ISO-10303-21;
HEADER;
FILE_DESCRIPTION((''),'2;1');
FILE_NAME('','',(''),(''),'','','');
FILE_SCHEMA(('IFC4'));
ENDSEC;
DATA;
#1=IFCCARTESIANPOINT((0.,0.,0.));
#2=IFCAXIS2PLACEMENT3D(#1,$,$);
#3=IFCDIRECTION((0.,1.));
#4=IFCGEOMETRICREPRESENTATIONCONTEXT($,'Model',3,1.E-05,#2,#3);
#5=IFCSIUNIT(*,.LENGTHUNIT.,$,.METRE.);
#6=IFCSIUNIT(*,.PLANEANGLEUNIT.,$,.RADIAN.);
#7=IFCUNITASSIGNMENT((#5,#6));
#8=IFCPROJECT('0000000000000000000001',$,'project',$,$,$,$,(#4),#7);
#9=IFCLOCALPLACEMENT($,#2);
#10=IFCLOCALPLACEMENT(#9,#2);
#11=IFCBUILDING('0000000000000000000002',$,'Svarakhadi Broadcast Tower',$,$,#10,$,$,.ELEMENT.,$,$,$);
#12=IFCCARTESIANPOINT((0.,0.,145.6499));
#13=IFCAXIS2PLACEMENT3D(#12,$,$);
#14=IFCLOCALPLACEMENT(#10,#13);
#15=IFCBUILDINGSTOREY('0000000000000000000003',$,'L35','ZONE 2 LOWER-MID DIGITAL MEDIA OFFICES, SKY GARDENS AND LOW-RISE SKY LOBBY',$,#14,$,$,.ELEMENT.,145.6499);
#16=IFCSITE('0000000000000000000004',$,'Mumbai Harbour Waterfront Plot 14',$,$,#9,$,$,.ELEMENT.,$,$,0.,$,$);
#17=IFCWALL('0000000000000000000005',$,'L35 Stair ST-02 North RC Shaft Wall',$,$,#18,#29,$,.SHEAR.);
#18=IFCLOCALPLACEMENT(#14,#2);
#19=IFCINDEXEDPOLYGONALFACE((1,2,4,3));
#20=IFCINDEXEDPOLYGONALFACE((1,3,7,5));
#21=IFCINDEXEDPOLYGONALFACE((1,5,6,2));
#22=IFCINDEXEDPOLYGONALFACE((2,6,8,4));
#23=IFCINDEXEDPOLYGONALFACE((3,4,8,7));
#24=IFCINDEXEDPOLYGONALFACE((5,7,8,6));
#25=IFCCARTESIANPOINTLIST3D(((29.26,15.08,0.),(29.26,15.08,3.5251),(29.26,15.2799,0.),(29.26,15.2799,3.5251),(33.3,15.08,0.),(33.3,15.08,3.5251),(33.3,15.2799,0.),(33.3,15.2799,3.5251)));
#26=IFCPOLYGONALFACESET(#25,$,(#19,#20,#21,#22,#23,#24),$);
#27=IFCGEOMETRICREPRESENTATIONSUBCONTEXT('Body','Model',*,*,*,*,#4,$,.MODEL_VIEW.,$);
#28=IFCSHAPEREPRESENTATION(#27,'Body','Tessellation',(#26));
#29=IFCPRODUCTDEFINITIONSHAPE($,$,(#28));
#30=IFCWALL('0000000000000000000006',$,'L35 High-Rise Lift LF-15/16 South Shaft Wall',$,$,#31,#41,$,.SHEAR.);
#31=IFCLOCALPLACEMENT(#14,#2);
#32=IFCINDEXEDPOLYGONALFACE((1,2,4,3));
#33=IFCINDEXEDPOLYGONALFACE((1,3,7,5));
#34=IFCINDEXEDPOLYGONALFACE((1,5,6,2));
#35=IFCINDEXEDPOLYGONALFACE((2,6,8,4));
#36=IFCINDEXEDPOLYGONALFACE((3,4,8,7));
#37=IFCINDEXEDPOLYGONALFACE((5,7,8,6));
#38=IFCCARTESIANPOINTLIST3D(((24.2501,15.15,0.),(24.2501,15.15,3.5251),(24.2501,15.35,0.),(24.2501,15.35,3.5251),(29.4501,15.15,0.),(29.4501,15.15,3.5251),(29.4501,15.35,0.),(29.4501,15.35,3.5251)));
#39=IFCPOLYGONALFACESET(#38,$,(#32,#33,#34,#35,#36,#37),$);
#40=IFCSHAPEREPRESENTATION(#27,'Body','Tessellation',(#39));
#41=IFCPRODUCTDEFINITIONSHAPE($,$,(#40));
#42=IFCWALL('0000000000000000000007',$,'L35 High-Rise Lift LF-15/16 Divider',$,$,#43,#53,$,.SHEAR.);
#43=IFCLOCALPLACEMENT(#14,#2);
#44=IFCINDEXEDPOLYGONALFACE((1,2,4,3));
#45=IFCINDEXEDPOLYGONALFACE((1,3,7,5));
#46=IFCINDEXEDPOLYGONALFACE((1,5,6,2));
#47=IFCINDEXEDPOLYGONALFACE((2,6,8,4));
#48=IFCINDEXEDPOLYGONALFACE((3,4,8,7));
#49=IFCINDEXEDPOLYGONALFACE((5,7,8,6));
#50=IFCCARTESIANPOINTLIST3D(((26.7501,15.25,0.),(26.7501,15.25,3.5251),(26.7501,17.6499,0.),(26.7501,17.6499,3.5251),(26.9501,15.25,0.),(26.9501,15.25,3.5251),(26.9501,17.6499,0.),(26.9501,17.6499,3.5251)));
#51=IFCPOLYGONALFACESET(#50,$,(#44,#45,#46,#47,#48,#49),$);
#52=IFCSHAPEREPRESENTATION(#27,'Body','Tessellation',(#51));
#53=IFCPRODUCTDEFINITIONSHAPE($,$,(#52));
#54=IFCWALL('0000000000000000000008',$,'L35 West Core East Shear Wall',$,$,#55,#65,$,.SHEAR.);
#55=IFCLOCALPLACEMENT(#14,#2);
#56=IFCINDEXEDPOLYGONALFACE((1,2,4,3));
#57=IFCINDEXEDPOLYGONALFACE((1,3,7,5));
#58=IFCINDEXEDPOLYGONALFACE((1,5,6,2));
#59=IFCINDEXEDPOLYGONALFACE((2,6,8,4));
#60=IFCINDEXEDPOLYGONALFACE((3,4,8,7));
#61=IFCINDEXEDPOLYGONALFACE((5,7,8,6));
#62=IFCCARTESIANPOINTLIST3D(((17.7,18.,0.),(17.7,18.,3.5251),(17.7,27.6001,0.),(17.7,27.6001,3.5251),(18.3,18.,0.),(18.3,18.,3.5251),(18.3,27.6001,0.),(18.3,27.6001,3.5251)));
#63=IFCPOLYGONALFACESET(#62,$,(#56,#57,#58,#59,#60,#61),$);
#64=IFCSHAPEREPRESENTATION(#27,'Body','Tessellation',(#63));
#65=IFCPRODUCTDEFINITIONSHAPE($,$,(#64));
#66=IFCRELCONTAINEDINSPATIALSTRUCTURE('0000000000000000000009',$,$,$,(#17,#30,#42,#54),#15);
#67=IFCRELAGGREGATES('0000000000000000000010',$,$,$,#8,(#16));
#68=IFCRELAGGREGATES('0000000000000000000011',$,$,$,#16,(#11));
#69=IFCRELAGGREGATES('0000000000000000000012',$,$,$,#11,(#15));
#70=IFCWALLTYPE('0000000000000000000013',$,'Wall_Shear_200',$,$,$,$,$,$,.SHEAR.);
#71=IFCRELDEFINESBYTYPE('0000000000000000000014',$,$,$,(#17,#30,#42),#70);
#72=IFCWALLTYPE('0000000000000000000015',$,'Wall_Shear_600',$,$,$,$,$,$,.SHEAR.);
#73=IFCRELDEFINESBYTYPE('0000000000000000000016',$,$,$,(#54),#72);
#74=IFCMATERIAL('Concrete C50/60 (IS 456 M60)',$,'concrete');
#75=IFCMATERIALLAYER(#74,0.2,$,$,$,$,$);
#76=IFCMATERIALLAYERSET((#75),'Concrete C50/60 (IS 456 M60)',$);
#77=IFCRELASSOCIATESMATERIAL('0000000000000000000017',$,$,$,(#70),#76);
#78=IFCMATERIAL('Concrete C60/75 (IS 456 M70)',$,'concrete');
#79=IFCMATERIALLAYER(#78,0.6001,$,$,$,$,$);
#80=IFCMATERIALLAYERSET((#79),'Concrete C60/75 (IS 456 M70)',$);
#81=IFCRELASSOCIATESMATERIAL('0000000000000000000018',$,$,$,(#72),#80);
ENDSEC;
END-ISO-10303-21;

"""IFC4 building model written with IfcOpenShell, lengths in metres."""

from ifc_helpers import new_model, si_unit, direction, frame, frame_2d, origin, place, context, subcontext, project, spatial, rectangle, extrude, material, layer, layer_set, type_object, element, save


model = new_model("IFC4")

# Units and contexts
model_context = context("Model", 3, precision=1e-05, world=origin(), true_north=direction((0.0, 1.0)))
body_context = subcontext(model_context, "Body", "Model", "MODEL_VIEW")
ifc_project = project(units=[si_unit("LENGTHUNIT", "METRE"), si_unit("PLANEANGLEUNIT", "RADIAN")], contexts=[model_context])

# Site, building, storey
site_placement = place(None, origin())
site = spatial("IfcSite", under=ifc_project, at=site_placement, Name="Mumbai Harbour Waterfront Plot 14", CompositionType="ELEMENT", RefElevation=0.0)
building_placement = place(site_placement, origin())
building = spatial("IfcBuilding", under=site, at=building_placement, Name="Svarakhadi Broadcast Tower", CompositionType="ELEMENT")
storey_placement = place(building_placement, frame((0.0, 0.0, 145.6499)))
storey = spatial("IfcBuildingStorey", under=building, at=storey_placement, Name="L35", Description="ZONE 2 LOWER-MID DIGITAL MEDIA OFFICES, SKY GARDENS AND LOW-RISE SKY LOBBY", CompositionType="ELEMENT", Elevation=145.6499)

# Shared definitions
ifc_material_1 = material(Name="Concrete C50/60 (IS 456 M60)", Category="concrete")

# Wall
ifc_layer_1 = layer(ifc_material_1, 0.2)
ifc_layer_set_1 = layer_set([ifc_layer_1], Name="Concrete C50/60 (IS 456 M60)")
wall_type_1 = type_object("IfcWallType", Name="Wall_Shear_200", PredefinedType="SHEAR", material=ifc_layer_set_1)
wall_1_placement = place(storey_placement, frame((29.26, 15.1799, 0.0), z_axis=(0.0, 0.0, 1.0), x_axis=(1.0, 0.0, 0.0)))
element("IfcWall", 1, at=wall_1_placement, inside=storey, type_object=wall_type_1, Name="L35 Stair ST-02 North RC Shaft Wall", PredefinedType="SHEAR", context=body_context, shape_type="SweptSolid", body=[
    extrude(rectangle(XDim=4.04, YDim=0.2, at=frame_2d((2.02, 0.0))), origin(), (0.0, 0.0, 1.0), 3.5251),
])

# Walls
wall_2_placement = place(storey_placement, frame((24.25, 15.25, 0.0), z_axis=(0.0, 0.0, 1.0), x_axis=(1.0, 0.0, 0.0)))
element("IfcWall", 2, at=wall_2_placement, inside=storey, type_object=wall_type_1, Name="L35 High-Rise Lift LF-15/16 South Shaft Wall", PredefinedType="SHEAR", context=body_context, shape_type="SweptSolid", body=[
    extrude(rectangle(XDim=5.2, YDim=0.2, at=frame_2d((2.6001, 0.0))), origin(), (0.0, 0.0, 1.0), 3.5251),
])
wall_3_placement = place(storey_placement, frame((26.8501, 15.25, 0.0), z_axis=(0.0, 0.0, 1.0), x_axis=(0.0, 1.0, 0.0)))
element("IfcWall", 3, at=wall_3_placement, inside=storey, type_object=wall_type_1, Name="L35 High-Rise Lift LF-15/16 Divider", PredefinedType="SHEAR", context=body_context, shape_type="SweptSolid", body=[
    extrude(rectangle(XDim=2.3999, YDim=0.2, at=frame_2d((1.2, 0.0))), origin(), (0.0, 0.0, 1.0), 3.5251),
])
ifc_material_2 = material(Name="Concrete C60/75 (IS 456 M70)", Category="concrete")
ifc_layer_2 = layer(ifc_material_2, 0.6001)
ifc_layer_set_2 = layer_set([ifc_layer_2], Name="Concrete C60/75 (IS 456 M70)")
wall_type_2 = type_object("IfcWallType", Name="Wall_Shear_600", PredefinedType="SHEAR", material=ifc_layer_set_2)
wall_4_placement = place(storey_placement, frame((18.0, 18.0, 0.0), z_axis=(0.0, 0.0, 1.0), x_axis=(0.0, 1.0, 0.0)))
element("IfcWall", 4, at=wall_4_placement, inside=storey, type_object=wall_type_2, Name="L35 West Core East Shear Wall", PredefinedType="SHEAR", context=body_context, shape_type="SweptSolid", body=[
    extrude(rectangle(XDim=9.6001, YDim=0.6001, at=frame_2d((4.8, 0.0))), origin(), (0.0, 0.0, 1.0), 3.5251),
])

save(model, "model.ifc")
